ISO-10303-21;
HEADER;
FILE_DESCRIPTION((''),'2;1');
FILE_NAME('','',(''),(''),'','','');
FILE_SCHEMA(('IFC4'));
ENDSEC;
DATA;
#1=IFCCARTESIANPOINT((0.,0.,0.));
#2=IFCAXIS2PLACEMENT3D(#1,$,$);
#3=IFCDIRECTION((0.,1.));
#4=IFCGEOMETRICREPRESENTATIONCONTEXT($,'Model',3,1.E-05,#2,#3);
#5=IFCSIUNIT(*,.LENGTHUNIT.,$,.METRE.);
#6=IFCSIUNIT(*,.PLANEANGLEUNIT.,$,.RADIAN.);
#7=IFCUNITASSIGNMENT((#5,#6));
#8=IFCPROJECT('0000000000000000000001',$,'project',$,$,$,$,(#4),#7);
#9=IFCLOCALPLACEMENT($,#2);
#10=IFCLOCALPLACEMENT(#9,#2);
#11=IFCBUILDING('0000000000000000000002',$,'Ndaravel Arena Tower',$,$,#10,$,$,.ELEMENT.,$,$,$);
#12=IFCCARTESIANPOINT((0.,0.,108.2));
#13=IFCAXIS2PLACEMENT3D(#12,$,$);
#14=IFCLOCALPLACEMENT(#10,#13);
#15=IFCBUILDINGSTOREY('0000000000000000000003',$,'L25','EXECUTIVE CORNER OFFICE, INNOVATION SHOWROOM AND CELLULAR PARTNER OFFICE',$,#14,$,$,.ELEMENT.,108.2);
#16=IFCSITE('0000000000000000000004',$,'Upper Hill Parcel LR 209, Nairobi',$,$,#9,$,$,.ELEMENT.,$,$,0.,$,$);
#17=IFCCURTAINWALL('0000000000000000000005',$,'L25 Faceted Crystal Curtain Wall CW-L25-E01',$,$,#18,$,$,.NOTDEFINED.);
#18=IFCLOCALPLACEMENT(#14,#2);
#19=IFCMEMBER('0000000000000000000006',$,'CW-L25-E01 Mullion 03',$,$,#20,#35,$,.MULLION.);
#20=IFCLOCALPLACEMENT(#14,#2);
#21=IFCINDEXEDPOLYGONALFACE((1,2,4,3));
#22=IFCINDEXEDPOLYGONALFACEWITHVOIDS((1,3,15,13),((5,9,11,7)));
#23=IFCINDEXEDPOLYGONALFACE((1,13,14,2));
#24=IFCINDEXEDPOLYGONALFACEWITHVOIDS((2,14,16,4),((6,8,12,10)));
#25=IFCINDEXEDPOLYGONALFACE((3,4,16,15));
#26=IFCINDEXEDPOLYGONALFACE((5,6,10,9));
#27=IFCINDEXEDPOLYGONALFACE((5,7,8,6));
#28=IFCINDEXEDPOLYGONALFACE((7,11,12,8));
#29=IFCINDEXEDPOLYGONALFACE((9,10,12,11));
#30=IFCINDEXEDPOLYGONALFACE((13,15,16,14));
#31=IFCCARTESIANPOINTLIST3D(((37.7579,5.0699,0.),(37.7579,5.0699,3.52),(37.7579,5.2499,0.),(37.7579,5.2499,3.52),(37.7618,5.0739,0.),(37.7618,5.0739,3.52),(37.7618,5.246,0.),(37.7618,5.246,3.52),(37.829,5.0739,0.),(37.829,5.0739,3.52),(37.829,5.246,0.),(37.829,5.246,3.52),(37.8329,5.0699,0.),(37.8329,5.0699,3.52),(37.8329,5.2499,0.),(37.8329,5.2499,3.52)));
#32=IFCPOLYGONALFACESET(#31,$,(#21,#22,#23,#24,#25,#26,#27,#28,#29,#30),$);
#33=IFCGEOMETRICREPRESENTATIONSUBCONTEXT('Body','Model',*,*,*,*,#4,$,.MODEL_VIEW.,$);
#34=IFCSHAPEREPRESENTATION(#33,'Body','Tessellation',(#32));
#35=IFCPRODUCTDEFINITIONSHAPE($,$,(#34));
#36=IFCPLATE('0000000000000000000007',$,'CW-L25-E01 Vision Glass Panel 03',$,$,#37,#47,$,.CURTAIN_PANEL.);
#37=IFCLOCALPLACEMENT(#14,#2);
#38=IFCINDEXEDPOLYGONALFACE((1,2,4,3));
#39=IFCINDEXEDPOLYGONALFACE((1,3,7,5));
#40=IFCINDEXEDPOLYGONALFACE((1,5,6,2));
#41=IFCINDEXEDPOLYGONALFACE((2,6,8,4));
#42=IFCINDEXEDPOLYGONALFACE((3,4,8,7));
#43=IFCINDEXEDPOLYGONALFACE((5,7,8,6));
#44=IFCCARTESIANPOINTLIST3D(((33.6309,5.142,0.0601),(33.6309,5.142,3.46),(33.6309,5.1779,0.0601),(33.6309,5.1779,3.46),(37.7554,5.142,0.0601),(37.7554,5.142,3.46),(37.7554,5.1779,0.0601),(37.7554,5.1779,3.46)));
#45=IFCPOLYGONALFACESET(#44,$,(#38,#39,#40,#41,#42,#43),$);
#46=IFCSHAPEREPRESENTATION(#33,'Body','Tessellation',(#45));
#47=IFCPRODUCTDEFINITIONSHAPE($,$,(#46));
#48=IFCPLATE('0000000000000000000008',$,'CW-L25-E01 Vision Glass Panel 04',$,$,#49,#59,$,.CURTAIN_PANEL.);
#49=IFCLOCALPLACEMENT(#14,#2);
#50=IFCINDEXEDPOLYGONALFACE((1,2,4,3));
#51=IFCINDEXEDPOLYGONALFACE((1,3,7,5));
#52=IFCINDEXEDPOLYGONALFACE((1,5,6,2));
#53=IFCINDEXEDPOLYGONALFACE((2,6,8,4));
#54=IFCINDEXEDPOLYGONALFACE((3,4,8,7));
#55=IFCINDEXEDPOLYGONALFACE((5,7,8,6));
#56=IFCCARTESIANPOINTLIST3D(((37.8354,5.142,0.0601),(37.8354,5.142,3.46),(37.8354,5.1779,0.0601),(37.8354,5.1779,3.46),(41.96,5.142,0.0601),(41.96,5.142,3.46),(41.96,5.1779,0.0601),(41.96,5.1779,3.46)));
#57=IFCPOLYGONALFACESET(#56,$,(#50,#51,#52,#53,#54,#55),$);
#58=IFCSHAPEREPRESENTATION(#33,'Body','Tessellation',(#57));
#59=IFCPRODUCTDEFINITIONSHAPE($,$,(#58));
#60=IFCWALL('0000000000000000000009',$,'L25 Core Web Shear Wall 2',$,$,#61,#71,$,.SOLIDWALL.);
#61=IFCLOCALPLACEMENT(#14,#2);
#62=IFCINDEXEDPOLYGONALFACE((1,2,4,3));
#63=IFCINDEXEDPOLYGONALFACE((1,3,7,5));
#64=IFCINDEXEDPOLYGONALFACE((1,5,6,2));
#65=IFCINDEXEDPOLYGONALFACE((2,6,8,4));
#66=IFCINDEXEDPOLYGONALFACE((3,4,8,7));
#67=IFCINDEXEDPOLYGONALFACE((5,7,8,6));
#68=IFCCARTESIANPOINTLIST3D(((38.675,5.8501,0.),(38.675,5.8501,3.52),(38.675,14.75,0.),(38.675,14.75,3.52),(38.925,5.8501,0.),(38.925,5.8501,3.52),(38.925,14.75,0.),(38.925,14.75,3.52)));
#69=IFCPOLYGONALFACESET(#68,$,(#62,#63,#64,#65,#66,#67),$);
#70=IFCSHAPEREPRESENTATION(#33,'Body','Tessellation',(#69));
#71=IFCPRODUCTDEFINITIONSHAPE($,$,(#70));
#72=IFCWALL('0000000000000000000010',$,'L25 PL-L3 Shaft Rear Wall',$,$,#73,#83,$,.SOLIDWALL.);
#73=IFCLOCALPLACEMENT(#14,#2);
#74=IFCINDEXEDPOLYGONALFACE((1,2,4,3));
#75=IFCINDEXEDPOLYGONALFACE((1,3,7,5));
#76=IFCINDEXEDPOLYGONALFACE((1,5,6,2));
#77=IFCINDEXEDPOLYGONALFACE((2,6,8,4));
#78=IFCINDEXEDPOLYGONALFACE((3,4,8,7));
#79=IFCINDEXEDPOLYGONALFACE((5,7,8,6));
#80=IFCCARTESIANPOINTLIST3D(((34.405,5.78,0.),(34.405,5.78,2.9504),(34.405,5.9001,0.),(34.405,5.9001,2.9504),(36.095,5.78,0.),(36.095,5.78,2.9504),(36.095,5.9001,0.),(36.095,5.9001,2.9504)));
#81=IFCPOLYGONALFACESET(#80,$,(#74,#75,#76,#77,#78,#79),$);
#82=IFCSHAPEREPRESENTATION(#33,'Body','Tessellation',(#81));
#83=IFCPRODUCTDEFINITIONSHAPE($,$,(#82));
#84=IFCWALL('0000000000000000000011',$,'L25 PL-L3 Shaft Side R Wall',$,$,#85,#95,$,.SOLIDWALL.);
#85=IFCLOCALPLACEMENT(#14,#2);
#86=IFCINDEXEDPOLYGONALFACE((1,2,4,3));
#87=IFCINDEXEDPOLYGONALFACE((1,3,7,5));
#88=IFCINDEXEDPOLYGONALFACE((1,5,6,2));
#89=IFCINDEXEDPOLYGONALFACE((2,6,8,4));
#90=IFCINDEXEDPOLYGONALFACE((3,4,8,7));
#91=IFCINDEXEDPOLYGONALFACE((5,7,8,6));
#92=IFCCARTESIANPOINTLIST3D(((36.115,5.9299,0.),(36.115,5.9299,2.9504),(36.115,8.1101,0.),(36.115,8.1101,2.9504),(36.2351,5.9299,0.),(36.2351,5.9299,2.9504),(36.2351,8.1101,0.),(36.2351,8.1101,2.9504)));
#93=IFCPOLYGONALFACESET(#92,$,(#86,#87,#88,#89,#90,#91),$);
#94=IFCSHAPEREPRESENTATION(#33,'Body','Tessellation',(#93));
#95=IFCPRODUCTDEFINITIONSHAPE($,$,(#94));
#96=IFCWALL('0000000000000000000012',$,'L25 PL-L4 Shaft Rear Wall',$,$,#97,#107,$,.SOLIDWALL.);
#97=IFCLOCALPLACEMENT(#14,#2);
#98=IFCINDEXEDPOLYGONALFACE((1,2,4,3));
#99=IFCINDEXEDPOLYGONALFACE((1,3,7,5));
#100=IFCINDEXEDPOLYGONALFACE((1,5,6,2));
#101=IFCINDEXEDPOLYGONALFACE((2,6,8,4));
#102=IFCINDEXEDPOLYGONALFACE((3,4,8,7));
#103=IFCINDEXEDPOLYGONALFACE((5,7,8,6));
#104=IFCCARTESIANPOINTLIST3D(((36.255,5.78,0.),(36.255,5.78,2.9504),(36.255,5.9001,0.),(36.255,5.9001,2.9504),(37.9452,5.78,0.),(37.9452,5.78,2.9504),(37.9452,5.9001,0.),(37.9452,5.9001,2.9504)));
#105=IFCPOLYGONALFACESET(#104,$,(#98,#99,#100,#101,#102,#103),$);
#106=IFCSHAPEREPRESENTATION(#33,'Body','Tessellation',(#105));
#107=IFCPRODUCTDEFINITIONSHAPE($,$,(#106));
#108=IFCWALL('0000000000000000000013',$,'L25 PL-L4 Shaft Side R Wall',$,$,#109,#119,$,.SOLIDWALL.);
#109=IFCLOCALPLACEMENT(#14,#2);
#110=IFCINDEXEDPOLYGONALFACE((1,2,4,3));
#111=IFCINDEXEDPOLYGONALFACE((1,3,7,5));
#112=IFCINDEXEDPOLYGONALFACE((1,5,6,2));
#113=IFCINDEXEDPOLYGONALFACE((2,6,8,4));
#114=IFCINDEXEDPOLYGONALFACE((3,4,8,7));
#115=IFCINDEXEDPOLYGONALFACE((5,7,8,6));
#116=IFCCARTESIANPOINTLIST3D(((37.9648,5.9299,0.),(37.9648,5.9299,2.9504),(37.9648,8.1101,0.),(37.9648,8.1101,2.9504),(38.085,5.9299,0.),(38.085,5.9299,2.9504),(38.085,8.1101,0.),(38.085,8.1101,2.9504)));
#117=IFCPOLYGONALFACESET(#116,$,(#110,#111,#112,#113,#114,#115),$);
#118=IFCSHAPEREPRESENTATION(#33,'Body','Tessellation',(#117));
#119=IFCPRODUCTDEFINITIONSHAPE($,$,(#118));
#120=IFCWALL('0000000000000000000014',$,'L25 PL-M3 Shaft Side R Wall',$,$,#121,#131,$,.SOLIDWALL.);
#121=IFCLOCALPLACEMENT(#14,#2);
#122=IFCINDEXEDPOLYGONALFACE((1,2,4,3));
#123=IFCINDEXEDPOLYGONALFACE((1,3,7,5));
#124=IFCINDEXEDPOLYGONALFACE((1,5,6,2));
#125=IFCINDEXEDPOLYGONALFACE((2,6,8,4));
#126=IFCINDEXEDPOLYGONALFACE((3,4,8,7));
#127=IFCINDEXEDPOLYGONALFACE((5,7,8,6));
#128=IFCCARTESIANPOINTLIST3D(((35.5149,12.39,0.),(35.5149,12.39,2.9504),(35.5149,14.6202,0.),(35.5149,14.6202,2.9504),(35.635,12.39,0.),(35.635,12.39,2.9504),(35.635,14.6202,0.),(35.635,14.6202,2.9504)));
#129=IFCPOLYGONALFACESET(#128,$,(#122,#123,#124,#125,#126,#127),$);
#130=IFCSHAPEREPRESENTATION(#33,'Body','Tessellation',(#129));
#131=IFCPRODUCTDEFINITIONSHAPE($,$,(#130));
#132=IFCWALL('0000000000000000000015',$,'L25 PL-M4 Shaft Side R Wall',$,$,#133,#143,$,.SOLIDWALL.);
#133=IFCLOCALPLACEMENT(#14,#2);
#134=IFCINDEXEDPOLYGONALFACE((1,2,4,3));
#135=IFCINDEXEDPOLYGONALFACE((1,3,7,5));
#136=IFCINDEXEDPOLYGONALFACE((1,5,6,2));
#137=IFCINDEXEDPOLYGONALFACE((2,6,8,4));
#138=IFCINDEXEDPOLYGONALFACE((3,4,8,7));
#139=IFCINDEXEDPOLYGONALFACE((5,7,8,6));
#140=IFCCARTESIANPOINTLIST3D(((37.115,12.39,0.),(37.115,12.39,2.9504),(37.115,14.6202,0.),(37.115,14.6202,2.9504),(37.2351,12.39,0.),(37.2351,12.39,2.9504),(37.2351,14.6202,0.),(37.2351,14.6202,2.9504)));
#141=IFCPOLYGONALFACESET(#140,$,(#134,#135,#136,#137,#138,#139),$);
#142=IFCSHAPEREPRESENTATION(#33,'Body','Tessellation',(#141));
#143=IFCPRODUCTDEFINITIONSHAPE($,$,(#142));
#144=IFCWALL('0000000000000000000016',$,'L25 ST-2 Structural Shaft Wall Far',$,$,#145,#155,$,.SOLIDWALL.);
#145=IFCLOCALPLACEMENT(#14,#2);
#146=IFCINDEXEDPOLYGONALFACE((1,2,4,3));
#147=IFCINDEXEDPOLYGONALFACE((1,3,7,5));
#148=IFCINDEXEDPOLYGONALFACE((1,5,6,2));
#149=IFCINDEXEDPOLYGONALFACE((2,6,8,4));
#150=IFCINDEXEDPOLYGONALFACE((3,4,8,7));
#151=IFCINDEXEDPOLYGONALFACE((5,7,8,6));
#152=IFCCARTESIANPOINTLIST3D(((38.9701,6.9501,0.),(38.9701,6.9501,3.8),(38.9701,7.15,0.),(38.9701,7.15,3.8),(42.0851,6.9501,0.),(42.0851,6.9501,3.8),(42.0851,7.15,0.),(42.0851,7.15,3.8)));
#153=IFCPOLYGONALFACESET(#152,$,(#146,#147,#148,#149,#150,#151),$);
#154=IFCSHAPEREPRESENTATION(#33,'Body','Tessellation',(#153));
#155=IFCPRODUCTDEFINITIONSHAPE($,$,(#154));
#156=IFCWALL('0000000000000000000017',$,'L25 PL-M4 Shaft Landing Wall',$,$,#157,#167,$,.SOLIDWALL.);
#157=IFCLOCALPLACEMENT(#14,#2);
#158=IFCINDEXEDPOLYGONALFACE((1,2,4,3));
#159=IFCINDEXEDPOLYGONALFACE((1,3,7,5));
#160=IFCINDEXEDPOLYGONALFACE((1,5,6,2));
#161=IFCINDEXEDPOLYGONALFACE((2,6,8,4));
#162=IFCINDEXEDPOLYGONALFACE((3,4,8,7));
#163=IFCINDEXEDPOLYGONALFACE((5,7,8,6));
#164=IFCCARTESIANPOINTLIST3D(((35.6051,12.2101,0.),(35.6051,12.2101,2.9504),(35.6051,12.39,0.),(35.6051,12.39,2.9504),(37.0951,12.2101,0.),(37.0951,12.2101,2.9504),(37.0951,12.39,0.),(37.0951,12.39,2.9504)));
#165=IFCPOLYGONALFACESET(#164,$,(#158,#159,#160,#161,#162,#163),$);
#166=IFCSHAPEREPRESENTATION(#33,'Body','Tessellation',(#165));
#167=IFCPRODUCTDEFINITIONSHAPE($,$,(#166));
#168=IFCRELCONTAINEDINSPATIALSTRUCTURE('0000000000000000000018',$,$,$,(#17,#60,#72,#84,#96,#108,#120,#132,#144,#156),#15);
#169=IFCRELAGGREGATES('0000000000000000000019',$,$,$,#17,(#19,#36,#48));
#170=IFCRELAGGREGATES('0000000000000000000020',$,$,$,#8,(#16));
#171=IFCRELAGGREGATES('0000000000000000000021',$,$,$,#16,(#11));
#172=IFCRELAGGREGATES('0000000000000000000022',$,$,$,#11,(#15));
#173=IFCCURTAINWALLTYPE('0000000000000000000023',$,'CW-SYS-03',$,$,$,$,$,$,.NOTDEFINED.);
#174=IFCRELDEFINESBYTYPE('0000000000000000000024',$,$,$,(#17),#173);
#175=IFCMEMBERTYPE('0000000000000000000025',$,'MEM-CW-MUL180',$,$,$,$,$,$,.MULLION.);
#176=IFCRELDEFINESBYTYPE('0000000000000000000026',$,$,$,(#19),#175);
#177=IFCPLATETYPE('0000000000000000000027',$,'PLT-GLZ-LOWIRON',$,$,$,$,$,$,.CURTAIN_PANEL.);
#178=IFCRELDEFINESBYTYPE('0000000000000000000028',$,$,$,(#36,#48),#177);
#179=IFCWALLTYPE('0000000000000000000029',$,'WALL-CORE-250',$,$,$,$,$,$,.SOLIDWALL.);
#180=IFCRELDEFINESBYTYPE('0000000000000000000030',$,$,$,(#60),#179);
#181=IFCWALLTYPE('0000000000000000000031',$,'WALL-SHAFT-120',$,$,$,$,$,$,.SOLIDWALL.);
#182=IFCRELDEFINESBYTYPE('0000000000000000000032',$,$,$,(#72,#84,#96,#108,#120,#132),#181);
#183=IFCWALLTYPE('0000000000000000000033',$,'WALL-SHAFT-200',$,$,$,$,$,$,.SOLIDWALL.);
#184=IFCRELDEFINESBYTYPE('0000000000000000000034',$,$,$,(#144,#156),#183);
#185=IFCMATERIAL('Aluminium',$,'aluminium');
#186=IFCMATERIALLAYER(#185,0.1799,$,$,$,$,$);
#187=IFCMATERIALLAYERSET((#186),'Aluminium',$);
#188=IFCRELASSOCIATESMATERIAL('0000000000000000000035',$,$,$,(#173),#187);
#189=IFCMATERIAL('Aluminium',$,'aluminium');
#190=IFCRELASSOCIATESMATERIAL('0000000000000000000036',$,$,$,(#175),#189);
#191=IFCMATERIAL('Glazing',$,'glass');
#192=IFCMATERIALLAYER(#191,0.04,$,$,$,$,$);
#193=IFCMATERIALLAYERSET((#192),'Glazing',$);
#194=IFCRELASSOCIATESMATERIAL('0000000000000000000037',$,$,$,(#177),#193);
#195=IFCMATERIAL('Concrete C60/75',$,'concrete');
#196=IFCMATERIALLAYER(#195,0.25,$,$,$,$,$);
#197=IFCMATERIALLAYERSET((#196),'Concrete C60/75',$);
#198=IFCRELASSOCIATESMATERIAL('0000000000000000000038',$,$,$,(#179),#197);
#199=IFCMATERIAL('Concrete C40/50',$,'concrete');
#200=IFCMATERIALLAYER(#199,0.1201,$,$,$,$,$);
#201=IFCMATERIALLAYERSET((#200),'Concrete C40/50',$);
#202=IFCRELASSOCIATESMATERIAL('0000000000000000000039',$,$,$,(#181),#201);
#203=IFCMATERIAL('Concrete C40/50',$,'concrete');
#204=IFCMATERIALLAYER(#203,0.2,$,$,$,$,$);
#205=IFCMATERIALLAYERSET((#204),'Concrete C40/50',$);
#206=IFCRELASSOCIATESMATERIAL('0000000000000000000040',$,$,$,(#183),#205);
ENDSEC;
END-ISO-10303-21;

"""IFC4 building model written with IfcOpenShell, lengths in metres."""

from ifc_helpers import new_model, si_unit, direction, frame, frame_2d, origin, origin_2d, place, context, subcontext, project, spatial, rectangle, hollow_rectangle, extrude, material, layer, layer_set, material_profile, profile_set, type_object, element, aggregate, save


model = new_model("IFC4")

# Units and contexts
model_context = context("Model", 3, precision=1e-05, world=origin(), true_north=direction((0.0, 1.0)))
body_context = subcontext(model_context, "Body", "Model", "MODEL_VIEW")
ifc_project = project(units=[si_unit("LENGTHUNIT", "METRE"), si_unit("PLANEANGLEUNIT", "RADIAN")], contexts=[model_context])

# Site, building, storey
site_placement = place(None, origin())
site = spatial("IfcSite", under=ifc_project, at=site_placement, Name="Upper Hill Parcel LR 209, Nairobi", CompositionType="ELEMENT", RefElevation=0.0)
building_placement = place(site_placement, origin())
building = spatial("IfcBuilding", under=site, at=building_placement, Name="Ndaravel Arena Tower", CompositionType="ELEMENT")
storey_placement = place(building_placement, frame((0.0, 0.0, 108.2)))
storey = spatial("IfcBuildingStorey", under=building, at=storey_placement, Name="L25", Description="EXECUTIVE CORNER OFFICE, INNOVATION SHOWROOM AND CELLULAR PARTNER OFFICE", CompositionType="ELEMENT", Elevation=108.2)

# Curtain wall, member, plates
ifc_material_1 = material(Name="Aluminium", Category="aluminium")
ifc_layer_1 = layer(ifc_material_1, 0.1799)
ifc_layer_set_1 = layer_set([ifc_layer_1], Name="Aluminium")
curtain_wall_type = type_object("IfcCurtainWallType", Name="CW-SYS-03", PredefinedType="NOTDEFINED", material=ifc_layer_set_1)
curtain_wall_placement = place(storey_placement, origin())
curtain_wall = element("IfcCurtainWall", 1, at=curtain_wall_placement, inside=storey, type_object=curtain_wall_type, Name="L25 Faceted Crystal Curtain Wall CW-L25-E01", PredefinedType="NOTDEFINED")
ifc_material_2 = material(Name="Aluminium", Category="aluminium")
ifc_material_profile = material_profile(ifc_material_2, hollow_rectangle(XDim=0.075, YDim=0.1799, WallThickness=0.0039, at=origin_2d()), Name="CW MULLION 75x180x4")
ifc_profile_set = profile_set([ifc_material_profile], Name="Aluminium")
member_type = type_object("IfcMemberType", Name="MEM-CW-MUL180", PredefinedType="MULLION", material=ifc_profile_set)
member_placement = place(storey_placement, frame((37.7954, 5.1599, 0.0), z_axis=(0.0, 0.0, 1.0), x_axis=(1.0, 0.0, 0.0)))
member = element("IfcMember", 2, at=member_placement, type_object=member_type, Name="CW-L25-E01 Mullion 03", PredefinedType="MULLION", context=body_context, shape_type="SweptSolid", body=[
    extrude(hollow_rectangle(XDim=0.075, YDim=0.1799, WallThickness=0.0039, at=origin_2d()), origin(), (0.0, 0.0, 1.0), 3.52),
])
ifc_material_3 = material(Name="Glazing", Category="glass")
ifc_layer_2 = layer(ifc_material_3, 0.04)
ifc_layer_set_2 = layer_set([ifc_layer_2], Name="Glazing")
plate_type = type_object("IfcPlateType", Name="PLT-GLZ-LOWIRON", PredefinedType="CURTAIN_PANEL", material=ifc_layer_set_2)
plate_1_placement = place(storey_placement, frame((35.6931, 5.1599, 0.0601), z_axis=(0.0, 0.0, 1.0), x_axis=(1.0, 0.0, 0.0)))
plate_1 = element("IfcPlate", 3, at=plate_1_placement, type_object=plate_type, Name="CW-L25-E01 Vision Glass Panel 03", PredefinedType="CURTAIN_PANEL", context=body_context, shape_type="SweptSolid", body=[
    extrude(rectangle(XDim=4.1245, YDim=0.0359, at=origin_2d()), origin(), (0.0, 0.0, 1.0), 3.3999),
])
plate_2_placement = place(storey_placement, frame((39.8977, 5.1599, 0.0601), z_axis=(0.0, 0.0, 1.0), x_axis=(1.0, 0.0, 0.0)))
plate_2 = element("IfcPlate", 4, at=plate_2_placement, type_object=plate_type, Name="CW-L25-E01 Vision Glass Panel 04", PredefinedType="CURTAIN_PANEL", context=body_context, shape_type="SweptSolid", body=[
    extrude(rectangle(XDim=4.1245, YDim=0.0359, at=origin_2d()), origin(), (0.0, 0.0, 1.0), 3.3999),
])
aggregate(curtain_wall, [member, plate_1, plate_2])

# Walls
ifc_material_4 = material(Name="Concrete C60/75", Category="concrete")
ifc_layer_3 = layer(ifc_material_4, 0.25)
ifc_layer_set_3 = layer_set([ifc_layer_3], Name="Concrete C60/75")
wall_type_1 = type_object("IfcWallType", Name="WALL-CORE-250", PredefinedType="SOLIDWALL", material=ifc_layer_set_3)
wall_1_placement = place(storey_placement, frame((38.8, 5.8501, 0.0), z_axis=(0.0, 0.0, 1.0), x_axis=(0.0, 1.0, 0.0)))
element("IfcWall", 5, at=wall_1_placement, inside=storey, type_object=wall_type_1, Name="L25 Core Web Shear Wall 2", PredefinedType="SOLIDWALL", context=body_context, shape_type="SweptSolid", body=[
    extrude(rectangle(XDim=8.8999, YDim=0.25, at=frame_2d((4.45, 0.0))), origin(), (0.0, 0.0, 1.0), 3.52),
])
ifc_material_5 = material(Name="Concrete C40/50", Category="concrete")
ifc_layer_4 = layer(ifc_material_5, 0.1201)
ifc_layer_set_4 = layer_set([ifc_layer_4], Name="Concrete C40/50")
wall_type_2 = type_object("IfcWallType", Name="WALL-SHAFT-120", PredefinedType="SOLIDWALL", material=ifc_layer_set_4)
wall_2_placement = place(storey_placement, frame((34.405, 5.8401, 0.0), z_axis=(0.0, 0.0, 1.0), x_axis=(1.0, 0.0, 0.0)))
element("IfcWall", 6, at=wall_2_placement, inside=storey, type_object=wall_type_2, Name="L25 PL-L3 Shaft Rear Wall", PredefinedType="SOLIDWALL", context=body_context, shape_type="SweptSolid", body=[
    extrude(rectangle(XDim=1.6899, YDim=0.1201, at=frame_2d((0.845, 0.0))), origin(), (0.0, 0.0, 1.0), 2.9504),
])
wall_3_placement = place(storey_placement, frame((36.175, 5.9299, 0.0), z_axis=(0.0, 0.0, 1.0), x_axis=(0.0, 1.0, 0.0)))
element("IfcWall", 7, at=wall_3_placement, inside=storey, type_object=wall_type_2, Name="L25 PL-L3 Shaft Side R Wall", PredefinedType="SOLIDWALL", context=body_context, shape_type="SweptSolid", body=[
    extrude(rectangle(XDim=2.1802, YDim=0.1201, at=frame_2d((1.0901, 0.0))), origin(), (0.0, 0.0, 1.0), 2.9504),
])
wall_4_placement = place(storey_placement, frame((36.2549, 5.8401, 0.0), z_axis=(0.0, 0.0, 1.0), x_axis=(1.0, 0.0, 0.0)))
element("IfcWall", 8, at=wall_4_placement, inside=storey, type_object=wall_type_2, Name="L25 PL-L4 Shaft Rear Wall", PredefinedType="SOLIDWALL", context=body_context, shape_type="SweptSolid", body=[
    extrude(rectangle(XDim=1.6902, YDim=0.1201, at=frame_2d((0.8452, 0.0))), origin(), (0.0, 0.0, 1.0), 2.9504),
])
wall_5_placement = place(storey_placement, frame((38.0249, 5.9299, 0.0), z_axis=(0.0, 0.0, 1.0), x_axis=(0.0, 1.0, 0.0)))
element("IfcWall", 9, at=wall_5_placement, inside=storey, type_object=wall_type_2, Name="L25 PL-L4 Shaft Side R Wall", PredefinedType="SOLIDWALL", context=body_context, shape_type="SweptSolid", body=[
    extrude(rectangle(XDim=2.1802, YDim=0.1201, at=frame_2d((1.0901, 0.0))), origin(), (0.0, 0.0, 1.0), 2.9504),
])
for number, where, z_axis, x_axis, name in (
    (10, (35.575, 12.3899, 0.0), (0.0, 0.0, 1.0), (0.0, 1.0, 0.0), "L25 PL-M3 Shaft Side R Wall"),
    (11, (37.175, 12.3899, 0.0), (0.0, 0.0, 1.0), (0.0, 1.0, 0.0), "L25 PL-M4 Shaft Side R Wall"),
):
    element("IfcWall", number, at=place(storey_placement, frame(where, z_axis=z_axis, x_axis=x_axis)), inside=storey, type_object=wall_type_2, Name=name, PredefinedType="SOLIDWALL", context=body_context, shape_type="SweptSolid", body=[
        extrude(rectangle(XDim=2.2302, YDim=0.1201, at=frame_2d((1.1152, 0.0))), origin(), (0.0, 0.0, 1.0), 2.9504),
    ])
ifc_material_6 = material(Name="Concrete C40/50", Category="concrete")
ifc_layer_5 = layer(ifc_material_6, 0.2)
ifc_layer_set_5 = layer_set([ifc_layer_5], Name="Concrete C40/50")
wall_type_3 = type_object("IfcWallType", Name="WALL-SHAFT-200", PredefinedType="SOLIDWALL", material=ifc_layer_set_5)
wall_6_placement = place(storey_placement, frame((38.97, 7.05, 0.0), z_axis=(0.0, 0.0, 1.0), x_axis=(1.0, 0.0, 0.0)))
element("IfcWall", 12, at=wall_6_placement, inside=storey, type_object=wall_type_3, Name="L25 ST-2 Structural Shaft Wall Far", PredefinedType="SOLIDWALL", context=body_context, shape_type="SweptSolid", body=[
    extrude(rectangle(XDim=3.115, YDim=0.2, at=frame_2d((1.5576, 0.0))), origin(), (0.0, 0.0, 1.0), 3.8),
])

# Wall
wall_7_placement = place(storey_placement, frame((35.605, 12.3, 0.0), z_axis=(0.0, 0.0, 1.0), x_axis=(1.0, 0.0, 0.0)))
element("IfcWall", 13, at=wall_7_placement, inside=storey, type_object=wall_type_3, Name="L25 PL-M4 Shaft Landing Wall", PredefinedType="SOLIDWALL", context=body_context, shape_type="SweptSolid", body=[
    extrude(rectangle(XDim=1.49, YDim=0.1799, at=frame_2d((0.7451, 0.0))), origin(), (0.0, 0.0, 1.0), 2.9504),
])

save(model, "model.ifc")
